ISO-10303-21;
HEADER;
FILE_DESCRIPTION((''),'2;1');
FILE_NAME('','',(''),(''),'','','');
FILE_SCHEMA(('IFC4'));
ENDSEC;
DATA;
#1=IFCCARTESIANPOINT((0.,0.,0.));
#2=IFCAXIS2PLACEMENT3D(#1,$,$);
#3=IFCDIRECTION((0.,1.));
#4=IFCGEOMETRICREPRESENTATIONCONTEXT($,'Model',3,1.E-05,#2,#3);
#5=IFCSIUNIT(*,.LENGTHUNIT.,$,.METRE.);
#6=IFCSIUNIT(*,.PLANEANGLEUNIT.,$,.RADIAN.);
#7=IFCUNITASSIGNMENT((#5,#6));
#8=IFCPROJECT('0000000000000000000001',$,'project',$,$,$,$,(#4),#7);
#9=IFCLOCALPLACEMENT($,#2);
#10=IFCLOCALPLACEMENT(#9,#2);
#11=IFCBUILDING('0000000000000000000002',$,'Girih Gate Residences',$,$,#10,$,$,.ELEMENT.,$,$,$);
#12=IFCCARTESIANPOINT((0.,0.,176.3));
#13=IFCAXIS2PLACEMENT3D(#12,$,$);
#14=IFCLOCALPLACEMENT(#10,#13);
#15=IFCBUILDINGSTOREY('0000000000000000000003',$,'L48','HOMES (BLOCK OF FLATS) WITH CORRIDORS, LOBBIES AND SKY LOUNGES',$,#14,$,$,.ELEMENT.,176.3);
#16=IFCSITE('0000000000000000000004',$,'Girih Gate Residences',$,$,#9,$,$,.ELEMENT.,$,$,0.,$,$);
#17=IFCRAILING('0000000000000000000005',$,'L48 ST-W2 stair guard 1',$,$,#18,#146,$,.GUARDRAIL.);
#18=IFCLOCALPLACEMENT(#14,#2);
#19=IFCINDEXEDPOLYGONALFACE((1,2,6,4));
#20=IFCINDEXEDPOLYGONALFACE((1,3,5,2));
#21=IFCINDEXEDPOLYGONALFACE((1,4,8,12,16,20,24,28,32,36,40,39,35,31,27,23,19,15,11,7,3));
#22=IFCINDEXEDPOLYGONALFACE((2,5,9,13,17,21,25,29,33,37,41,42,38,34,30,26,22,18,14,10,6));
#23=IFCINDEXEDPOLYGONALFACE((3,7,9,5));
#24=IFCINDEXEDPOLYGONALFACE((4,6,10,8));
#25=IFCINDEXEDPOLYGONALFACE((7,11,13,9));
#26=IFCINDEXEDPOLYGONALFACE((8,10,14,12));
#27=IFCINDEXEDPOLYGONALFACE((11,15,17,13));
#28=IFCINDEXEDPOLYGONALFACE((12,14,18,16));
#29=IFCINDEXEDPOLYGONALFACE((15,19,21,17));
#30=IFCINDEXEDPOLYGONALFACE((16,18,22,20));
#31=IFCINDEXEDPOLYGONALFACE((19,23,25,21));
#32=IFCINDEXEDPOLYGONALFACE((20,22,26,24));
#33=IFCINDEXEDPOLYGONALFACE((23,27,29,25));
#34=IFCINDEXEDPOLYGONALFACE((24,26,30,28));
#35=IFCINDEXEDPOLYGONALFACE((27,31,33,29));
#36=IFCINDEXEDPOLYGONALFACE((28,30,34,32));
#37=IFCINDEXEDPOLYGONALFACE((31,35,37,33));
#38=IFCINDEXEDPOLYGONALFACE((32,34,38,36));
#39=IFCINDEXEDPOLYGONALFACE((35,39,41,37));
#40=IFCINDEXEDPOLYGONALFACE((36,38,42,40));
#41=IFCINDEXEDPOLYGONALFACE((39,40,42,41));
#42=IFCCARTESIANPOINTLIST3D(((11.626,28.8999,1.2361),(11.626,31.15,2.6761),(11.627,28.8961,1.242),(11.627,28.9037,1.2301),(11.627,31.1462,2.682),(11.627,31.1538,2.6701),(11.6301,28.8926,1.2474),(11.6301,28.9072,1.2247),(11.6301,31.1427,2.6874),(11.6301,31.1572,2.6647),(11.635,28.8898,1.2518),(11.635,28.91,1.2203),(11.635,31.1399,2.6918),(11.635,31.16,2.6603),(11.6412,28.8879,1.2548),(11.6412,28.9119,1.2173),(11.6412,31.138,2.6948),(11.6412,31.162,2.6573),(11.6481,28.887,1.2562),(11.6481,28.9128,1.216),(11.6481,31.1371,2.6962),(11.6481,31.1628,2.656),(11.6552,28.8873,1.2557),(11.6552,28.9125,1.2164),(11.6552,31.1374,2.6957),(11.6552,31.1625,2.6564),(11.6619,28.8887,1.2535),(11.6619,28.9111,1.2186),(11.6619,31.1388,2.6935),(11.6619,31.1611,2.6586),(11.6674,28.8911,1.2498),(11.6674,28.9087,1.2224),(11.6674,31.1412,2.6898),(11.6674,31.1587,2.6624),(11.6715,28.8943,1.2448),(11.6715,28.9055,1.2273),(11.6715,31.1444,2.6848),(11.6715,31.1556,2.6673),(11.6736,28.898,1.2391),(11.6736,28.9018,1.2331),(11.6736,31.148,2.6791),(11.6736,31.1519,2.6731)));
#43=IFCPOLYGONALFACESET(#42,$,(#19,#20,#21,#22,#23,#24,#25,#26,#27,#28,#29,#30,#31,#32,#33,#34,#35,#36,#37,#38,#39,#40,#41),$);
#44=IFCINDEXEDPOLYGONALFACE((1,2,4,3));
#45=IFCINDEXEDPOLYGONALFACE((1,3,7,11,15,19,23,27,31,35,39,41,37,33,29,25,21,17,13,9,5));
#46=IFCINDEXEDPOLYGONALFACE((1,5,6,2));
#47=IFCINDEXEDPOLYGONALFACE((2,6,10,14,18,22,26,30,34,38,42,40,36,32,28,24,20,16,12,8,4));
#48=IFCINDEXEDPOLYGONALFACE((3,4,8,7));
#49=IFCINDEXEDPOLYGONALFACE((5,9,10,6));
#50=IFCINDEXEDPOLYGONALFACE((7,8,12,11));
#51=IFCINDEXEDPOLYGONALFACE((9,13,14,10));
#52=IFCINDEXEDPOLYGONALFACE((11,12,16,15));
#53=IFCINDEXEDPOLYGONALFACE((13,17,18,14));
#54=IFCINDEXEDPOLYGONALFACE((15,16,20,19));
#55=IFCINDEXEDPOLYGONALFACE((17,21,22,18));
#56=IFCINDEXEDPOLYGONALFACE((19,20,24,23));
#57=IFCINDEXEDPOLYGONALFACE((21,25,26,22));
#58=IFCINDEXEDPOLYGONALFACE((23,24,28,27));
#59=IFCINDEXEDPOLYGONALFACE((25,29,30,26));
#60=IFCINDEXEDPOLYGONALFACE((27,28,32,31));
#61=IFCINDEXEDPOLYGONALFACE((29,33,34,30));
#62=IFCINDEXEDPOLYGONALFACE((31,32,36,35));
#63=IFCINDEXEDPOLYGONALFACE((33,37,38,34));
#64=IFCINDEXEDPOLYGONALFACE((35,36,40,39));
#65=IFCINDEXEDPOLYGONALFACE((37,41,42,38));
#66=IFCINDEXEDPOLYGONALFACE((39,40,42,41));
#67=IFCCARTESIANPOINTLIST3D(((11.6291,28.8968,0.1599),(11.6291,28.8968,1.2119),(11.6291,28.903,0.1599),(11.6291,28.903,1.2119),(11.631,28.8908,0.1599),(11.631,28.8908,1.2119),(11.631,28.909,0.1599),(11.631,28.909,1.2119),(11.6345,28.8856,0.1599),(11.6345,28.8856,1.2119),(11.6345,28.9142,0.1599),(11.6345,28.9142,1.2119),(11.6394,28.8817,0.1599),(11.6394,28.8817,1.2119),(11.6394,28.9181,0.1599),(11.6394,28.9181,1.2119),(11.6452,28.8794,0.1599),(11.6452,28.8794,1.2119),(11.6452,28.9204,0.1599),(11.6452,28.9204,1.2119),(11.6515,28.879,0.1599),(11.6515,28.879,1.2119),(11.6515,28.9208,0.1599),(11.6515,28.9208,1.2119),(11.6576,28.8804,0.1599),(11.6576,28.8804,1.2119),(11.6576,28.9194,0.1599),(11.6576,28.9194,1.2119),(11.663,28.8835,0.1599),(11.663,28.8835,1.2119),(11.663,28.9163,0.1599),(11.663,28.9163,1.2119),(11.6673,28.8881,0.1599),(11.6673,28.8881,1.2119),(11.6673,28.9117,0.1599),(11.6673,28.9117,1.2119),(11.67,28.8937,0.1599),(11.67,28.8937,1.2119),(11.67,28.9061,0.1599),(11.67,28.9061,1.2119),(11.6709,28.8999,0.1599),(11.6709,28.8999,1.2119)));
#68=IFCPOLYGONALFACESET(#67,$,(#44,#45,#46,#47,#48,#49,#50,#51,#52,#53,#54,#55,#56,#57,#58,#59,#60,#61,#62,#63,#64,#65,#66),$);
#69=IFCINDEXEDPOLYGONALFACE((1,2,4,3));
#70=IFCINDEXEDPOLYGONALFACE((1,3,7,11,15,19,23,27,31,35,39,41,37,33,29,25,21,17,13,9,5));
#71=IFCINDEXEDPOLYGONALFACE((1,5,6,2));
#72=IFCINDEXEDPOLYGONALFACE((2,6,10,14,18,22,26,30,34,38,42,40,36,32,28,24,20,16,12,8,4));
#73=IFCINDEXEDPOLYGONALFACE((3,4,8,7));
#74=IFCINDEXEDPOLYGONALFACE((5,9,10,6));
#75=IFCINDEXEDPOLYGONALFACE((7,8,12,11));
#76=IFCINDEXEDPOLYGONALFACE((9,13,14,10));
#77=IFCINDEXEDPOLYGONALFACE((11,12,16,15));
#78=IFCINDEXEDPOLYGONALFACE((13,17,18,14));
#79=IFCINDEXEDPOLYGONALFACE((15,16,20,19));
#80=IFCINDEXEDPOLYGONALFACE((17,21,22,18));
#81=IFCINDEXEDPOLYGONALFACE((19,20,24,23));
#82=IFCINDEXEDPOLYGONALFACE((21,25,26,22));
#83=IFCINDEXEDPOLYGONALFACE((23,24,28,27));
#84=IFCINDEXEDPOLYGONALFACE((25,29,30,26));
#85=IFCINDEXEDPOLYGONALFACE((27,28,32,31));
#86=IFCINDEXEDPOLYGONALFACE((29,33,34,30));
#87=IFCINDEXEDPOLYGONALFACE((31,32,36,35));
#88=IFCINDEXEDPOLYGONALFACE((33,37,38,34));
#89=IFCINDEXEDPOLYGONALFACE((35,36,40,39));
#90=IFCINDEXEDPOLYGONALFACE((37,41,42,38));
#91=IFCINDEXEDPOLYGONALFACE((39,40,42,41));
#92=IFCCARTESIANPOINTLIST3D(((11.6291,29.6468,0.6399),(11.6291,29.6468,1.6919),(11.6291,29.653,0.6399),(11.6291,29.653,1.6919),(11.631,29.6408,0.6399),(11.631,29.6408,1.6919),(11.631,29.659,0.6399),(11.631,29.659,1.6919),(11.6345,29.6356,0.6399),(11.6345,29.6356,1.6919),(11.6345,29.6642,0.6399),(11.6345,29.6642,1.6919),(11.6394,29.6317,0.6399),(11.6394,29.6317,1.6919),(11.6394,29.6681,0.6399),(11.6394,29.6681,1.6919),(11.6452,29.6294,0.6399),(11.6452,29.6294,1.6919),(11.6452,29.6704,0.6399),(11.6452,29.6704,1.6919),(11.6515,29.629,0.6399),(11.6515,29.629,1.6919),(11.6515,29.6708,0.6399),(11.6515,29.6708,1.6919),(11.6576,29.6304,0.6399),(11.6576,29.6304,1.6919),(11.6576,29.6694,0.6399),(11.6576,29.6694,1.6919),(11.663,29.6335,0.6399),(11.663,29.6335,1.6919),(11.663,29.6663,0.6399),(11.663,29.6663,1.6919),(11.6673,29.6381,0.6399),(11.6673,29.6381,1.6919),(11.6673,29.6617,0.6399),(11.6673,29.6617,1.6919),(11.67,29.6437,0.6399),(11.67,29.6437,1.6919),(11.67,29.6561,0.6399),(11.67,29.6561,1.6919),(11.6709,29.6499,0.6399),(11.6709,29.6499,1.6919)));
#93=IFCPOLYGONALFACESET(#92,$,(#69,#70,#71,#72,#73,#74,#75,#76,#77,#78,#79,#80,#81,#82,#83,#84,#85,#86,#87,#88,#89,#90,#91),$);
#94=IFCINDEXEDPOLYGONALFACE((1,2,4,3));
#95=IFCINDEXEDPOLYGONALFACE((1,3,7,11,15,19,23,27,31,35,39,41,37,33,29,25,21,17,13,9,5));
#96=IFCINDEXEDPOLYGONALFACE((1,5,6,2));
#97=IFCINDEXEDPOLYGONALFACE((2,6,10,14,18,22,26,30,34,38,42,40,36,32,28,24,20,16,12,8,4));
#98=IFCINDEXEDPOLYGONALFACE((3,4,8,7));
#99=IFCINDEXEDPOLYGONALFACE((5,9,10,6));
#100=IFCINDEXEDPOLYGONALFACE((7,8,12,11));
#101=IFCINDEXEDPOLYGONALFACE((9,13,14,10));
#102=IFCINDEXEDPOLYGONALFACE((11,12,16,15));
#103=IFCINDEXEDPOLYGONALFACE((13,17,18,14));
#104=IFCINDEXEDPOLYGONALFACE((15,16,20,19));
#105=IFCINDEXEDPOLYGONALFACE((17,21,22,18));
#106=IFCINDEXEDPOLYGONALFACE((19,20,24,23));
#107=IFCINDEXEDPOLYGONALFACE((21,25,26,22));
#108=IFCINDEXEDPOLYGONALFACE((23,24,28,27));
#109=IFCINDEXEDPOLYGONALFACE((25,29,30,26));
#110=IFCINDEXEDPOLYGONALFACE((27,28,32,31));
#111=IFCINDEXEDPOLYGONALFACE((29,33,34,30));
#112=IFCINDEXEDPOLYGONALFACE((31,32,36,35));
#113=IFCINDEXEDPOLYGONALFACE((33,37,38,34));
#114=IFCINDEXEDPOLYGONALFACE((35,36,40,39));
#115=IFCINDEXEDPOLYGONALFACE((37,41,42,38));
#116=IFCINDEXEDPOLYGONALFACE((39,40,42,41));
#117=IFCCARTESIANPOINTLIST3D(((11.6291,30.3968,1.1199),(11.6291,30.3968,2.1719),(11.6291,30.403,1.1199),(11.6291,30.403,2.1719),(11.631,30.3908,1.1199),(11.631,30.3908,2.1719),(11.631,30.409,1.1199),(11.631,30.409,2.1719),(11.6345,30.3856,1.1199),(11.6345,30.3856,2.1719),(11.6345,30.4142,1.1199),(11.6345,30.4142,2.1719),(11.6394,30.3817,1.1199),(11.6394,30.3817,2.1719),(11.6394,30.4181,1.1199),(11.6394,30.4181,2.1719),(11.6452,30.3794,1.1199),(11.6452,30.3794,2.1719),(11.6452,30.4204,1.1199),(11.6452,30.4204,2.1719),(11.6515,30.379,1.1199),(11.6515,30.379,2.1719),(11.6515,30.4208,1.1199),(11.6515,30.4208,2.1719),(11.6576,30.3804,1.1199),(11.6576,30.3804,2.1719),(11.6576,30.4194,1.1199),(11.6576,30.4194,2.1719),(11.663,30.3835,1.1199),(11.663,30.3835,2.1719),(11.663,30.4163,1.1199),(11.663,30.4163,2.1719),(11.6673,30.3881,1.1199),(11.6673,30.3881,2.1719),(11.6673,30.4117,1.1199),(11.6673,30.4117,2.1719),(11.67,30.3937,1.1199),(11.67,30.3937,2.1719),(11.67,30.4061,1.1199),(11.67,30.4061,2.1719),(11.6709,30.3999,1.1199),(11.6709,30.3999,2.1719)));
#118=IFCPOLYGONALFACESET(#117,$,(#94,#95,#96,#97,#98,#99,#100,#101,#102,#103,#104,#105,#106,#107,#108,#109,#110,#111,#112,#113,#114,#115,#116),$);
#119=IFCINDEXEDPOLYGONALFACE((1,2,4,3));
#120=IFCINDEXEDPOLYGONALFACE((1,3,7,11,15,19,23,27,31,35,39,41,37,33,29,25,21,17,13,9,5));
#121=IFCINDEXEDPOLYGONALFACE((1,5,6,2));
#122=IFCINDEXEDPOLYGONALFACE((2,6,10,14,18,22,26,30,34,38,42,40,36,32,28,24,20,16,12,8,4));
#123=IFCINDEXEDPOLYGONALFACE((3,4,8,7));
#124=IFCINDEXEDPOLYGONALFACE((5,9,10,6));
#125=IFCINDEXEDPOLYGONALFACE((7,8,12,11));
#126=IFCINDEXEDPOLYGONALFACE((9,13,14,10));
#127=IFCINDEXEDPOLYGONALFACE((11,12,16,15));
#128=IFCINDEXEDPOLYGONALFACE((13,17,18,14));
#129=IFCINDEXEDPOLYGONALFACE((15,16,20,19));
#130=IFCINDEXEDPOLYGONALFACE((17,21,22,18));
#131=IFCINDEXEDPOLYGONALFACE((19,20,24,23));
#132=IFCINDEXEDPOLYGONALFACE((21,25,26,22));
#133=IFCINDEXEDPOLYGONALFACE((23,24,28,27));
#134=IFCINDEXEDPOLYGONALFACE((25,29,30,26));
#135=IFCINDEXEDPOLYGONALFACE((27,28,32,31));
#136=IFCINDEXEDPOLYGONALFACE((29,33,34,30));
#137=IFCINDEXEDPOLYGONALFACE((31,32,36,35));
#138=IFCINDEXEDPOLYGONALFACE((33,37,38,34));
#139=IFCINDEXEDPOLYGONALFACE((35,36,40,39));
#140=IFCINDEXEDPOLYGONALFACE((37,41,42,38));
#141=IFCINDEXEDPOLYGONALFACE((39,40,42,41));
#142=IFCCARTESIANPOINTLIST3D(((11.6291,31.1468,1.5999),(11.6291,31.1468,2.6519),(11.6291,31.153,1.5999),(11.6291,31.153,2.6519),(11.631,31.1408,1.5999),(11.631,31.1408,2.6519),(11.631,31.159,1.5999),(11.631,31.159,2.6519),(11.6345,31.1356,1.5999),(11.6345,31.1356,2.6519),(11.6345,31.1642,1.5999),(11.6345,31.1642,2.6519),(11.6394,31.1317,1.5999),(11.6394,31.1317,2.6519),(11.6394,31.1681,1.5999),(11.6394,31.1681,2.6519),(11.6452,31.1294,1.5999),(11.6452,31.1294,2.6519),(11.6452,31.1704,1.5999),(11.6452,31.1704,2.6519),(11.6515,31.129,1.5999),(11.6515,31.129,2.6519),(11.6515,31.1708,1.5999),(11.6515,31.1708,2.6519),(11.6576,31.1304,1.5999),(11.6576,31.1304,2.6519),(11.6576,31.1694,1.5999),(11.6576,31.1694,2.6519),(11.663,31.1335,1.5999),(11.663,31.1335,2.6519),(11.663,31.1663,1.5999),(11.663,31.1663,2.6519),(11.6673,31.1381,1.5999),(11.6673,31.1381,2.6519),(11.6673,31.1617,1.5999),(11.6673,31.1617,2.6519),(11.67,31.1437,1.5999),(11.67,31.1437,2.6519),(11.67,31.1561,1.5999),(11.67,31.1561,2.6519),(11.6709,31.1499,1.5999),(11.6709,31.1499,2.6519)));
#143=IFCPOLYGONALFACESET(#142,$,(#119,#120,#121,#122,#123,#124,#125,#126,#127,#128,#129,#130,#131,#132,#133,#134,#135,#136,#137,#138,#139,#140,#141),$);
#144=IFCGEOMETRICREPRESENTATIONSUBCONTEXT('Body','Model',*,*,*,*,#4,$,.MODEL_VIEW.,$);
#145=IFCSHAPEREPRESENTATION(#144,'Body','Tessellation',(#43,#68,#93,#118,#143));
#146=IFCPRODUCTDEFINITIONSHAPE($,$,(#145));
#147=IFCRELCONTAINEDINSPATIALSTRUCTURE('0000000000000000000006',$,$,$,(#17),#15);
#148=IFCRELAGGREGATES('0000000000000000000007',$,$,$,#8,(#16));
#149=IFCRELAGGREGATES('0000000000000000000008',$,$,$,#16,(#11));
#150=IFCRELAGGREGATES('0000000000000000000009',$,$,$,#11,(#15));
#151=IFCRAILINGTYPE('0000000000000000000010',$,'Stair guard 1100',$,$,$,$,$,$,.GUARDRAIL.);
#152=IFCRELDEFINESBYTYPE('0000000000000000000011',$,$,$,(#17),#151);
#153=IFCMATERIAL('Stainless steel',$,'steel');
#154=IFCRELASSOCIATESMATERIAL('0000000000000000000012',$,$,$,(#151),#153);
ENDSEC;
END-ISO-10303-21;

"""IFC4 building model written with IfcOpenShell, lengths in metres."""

from ifc_helpers import new_model, si_unit, direction, frame, origin, origin_2d, place, context, subcontext, project, spatial, circle, extrude, material, type_object, element, save


model = new_model("IFC4")

# Units and contexts
model_context = context("Model", 3, precision=1e-05, world=origin(), true_north=direction((0.0, 1.0)))
body_context = subcontext(model_context, "Body", "Model", "MODEL_VIEW")
ifc_project = project(units=[si_unit("LENGTHUNIT", "METRE"), si_unit("PLANEANGLEUNIT", "RADIAN")], contexts=[model_context])

# Site, building, storey
site_placement = place(None, origin())
site = spatial("IfcSite", under=ifc_project, at=site_placement, Name="Girih Gate Residences", CompositionType="ELEMENT", RefElevation=0.0)
building_placement = place(site_placement, origin())
building = spatial("IfcBuilding", under=site, at=building_placement, Name="Girih Gate Residences", CompositionType="ELEMENT")
storey_placement = place(building_placement, frame((0.0, 0.0, 176.3)))
storey = spatial("IfcBuildingStorey", under=building, at=storey_placement, Name="L48", Description="HOMES (BLOCK OF FLATS) WITH CORRIDORS, LOBBIES AND SKY LOUNGES", CompositionType="ELEMENT", Elevation=176.3)

# Railing
ifc_material_1 = material(Name="Stainless steel", Category="steel")
railing_type_1 = type_object("IfcRailingType", Name="Stair guard 1100", PredefinedType="GUARDRAIL", material=ifc_material_1)
railing_1_placement = place(storey_placement, frame((11.6499, 28.8999, 0.1599)))
element("IfcRailing", 1, at=railing_1_placement, inside=storey, type_object=railing_type_1, Name="L48 ST-W2 stair guard 1", PredefinedType="GUARDRAIL", context=body_context, shape_type="SweptSolid", body=[
    extrude(circle(Radius=0.0239, at=origin_2d()), frame((0.0, 0.0, 1.0762), z_axis=(0.0, 0.842281, 0.539038), x_axis=(-1.0, 0.0, 0.0)), (0.0, 0.0, 1.0), 2.6714),
    extrude(circle(Radius=0.021, at=origin_2d()), origin(), (0.0, 0.0, 1.0), 1.052),
    extrude(circle(Radius=0.021, at=origin_2d()), frame((0.0, 0.75, 0.48)), (0.0, 0.0, 1.0), 1.052),
    extrude(circle(Radius=0.021, at=origin_2d()), frame((0.0, 1.5, 0.96)), (0.0, 0.0, 1.0), 1.052),
    extrude(circle(Radius=0.021, at=origin_2d()), frame((0.0, 2.25, 1.4399)), (0.0, 0.0, 1.0), 1.052),
])

save(model, "model.ifc")
